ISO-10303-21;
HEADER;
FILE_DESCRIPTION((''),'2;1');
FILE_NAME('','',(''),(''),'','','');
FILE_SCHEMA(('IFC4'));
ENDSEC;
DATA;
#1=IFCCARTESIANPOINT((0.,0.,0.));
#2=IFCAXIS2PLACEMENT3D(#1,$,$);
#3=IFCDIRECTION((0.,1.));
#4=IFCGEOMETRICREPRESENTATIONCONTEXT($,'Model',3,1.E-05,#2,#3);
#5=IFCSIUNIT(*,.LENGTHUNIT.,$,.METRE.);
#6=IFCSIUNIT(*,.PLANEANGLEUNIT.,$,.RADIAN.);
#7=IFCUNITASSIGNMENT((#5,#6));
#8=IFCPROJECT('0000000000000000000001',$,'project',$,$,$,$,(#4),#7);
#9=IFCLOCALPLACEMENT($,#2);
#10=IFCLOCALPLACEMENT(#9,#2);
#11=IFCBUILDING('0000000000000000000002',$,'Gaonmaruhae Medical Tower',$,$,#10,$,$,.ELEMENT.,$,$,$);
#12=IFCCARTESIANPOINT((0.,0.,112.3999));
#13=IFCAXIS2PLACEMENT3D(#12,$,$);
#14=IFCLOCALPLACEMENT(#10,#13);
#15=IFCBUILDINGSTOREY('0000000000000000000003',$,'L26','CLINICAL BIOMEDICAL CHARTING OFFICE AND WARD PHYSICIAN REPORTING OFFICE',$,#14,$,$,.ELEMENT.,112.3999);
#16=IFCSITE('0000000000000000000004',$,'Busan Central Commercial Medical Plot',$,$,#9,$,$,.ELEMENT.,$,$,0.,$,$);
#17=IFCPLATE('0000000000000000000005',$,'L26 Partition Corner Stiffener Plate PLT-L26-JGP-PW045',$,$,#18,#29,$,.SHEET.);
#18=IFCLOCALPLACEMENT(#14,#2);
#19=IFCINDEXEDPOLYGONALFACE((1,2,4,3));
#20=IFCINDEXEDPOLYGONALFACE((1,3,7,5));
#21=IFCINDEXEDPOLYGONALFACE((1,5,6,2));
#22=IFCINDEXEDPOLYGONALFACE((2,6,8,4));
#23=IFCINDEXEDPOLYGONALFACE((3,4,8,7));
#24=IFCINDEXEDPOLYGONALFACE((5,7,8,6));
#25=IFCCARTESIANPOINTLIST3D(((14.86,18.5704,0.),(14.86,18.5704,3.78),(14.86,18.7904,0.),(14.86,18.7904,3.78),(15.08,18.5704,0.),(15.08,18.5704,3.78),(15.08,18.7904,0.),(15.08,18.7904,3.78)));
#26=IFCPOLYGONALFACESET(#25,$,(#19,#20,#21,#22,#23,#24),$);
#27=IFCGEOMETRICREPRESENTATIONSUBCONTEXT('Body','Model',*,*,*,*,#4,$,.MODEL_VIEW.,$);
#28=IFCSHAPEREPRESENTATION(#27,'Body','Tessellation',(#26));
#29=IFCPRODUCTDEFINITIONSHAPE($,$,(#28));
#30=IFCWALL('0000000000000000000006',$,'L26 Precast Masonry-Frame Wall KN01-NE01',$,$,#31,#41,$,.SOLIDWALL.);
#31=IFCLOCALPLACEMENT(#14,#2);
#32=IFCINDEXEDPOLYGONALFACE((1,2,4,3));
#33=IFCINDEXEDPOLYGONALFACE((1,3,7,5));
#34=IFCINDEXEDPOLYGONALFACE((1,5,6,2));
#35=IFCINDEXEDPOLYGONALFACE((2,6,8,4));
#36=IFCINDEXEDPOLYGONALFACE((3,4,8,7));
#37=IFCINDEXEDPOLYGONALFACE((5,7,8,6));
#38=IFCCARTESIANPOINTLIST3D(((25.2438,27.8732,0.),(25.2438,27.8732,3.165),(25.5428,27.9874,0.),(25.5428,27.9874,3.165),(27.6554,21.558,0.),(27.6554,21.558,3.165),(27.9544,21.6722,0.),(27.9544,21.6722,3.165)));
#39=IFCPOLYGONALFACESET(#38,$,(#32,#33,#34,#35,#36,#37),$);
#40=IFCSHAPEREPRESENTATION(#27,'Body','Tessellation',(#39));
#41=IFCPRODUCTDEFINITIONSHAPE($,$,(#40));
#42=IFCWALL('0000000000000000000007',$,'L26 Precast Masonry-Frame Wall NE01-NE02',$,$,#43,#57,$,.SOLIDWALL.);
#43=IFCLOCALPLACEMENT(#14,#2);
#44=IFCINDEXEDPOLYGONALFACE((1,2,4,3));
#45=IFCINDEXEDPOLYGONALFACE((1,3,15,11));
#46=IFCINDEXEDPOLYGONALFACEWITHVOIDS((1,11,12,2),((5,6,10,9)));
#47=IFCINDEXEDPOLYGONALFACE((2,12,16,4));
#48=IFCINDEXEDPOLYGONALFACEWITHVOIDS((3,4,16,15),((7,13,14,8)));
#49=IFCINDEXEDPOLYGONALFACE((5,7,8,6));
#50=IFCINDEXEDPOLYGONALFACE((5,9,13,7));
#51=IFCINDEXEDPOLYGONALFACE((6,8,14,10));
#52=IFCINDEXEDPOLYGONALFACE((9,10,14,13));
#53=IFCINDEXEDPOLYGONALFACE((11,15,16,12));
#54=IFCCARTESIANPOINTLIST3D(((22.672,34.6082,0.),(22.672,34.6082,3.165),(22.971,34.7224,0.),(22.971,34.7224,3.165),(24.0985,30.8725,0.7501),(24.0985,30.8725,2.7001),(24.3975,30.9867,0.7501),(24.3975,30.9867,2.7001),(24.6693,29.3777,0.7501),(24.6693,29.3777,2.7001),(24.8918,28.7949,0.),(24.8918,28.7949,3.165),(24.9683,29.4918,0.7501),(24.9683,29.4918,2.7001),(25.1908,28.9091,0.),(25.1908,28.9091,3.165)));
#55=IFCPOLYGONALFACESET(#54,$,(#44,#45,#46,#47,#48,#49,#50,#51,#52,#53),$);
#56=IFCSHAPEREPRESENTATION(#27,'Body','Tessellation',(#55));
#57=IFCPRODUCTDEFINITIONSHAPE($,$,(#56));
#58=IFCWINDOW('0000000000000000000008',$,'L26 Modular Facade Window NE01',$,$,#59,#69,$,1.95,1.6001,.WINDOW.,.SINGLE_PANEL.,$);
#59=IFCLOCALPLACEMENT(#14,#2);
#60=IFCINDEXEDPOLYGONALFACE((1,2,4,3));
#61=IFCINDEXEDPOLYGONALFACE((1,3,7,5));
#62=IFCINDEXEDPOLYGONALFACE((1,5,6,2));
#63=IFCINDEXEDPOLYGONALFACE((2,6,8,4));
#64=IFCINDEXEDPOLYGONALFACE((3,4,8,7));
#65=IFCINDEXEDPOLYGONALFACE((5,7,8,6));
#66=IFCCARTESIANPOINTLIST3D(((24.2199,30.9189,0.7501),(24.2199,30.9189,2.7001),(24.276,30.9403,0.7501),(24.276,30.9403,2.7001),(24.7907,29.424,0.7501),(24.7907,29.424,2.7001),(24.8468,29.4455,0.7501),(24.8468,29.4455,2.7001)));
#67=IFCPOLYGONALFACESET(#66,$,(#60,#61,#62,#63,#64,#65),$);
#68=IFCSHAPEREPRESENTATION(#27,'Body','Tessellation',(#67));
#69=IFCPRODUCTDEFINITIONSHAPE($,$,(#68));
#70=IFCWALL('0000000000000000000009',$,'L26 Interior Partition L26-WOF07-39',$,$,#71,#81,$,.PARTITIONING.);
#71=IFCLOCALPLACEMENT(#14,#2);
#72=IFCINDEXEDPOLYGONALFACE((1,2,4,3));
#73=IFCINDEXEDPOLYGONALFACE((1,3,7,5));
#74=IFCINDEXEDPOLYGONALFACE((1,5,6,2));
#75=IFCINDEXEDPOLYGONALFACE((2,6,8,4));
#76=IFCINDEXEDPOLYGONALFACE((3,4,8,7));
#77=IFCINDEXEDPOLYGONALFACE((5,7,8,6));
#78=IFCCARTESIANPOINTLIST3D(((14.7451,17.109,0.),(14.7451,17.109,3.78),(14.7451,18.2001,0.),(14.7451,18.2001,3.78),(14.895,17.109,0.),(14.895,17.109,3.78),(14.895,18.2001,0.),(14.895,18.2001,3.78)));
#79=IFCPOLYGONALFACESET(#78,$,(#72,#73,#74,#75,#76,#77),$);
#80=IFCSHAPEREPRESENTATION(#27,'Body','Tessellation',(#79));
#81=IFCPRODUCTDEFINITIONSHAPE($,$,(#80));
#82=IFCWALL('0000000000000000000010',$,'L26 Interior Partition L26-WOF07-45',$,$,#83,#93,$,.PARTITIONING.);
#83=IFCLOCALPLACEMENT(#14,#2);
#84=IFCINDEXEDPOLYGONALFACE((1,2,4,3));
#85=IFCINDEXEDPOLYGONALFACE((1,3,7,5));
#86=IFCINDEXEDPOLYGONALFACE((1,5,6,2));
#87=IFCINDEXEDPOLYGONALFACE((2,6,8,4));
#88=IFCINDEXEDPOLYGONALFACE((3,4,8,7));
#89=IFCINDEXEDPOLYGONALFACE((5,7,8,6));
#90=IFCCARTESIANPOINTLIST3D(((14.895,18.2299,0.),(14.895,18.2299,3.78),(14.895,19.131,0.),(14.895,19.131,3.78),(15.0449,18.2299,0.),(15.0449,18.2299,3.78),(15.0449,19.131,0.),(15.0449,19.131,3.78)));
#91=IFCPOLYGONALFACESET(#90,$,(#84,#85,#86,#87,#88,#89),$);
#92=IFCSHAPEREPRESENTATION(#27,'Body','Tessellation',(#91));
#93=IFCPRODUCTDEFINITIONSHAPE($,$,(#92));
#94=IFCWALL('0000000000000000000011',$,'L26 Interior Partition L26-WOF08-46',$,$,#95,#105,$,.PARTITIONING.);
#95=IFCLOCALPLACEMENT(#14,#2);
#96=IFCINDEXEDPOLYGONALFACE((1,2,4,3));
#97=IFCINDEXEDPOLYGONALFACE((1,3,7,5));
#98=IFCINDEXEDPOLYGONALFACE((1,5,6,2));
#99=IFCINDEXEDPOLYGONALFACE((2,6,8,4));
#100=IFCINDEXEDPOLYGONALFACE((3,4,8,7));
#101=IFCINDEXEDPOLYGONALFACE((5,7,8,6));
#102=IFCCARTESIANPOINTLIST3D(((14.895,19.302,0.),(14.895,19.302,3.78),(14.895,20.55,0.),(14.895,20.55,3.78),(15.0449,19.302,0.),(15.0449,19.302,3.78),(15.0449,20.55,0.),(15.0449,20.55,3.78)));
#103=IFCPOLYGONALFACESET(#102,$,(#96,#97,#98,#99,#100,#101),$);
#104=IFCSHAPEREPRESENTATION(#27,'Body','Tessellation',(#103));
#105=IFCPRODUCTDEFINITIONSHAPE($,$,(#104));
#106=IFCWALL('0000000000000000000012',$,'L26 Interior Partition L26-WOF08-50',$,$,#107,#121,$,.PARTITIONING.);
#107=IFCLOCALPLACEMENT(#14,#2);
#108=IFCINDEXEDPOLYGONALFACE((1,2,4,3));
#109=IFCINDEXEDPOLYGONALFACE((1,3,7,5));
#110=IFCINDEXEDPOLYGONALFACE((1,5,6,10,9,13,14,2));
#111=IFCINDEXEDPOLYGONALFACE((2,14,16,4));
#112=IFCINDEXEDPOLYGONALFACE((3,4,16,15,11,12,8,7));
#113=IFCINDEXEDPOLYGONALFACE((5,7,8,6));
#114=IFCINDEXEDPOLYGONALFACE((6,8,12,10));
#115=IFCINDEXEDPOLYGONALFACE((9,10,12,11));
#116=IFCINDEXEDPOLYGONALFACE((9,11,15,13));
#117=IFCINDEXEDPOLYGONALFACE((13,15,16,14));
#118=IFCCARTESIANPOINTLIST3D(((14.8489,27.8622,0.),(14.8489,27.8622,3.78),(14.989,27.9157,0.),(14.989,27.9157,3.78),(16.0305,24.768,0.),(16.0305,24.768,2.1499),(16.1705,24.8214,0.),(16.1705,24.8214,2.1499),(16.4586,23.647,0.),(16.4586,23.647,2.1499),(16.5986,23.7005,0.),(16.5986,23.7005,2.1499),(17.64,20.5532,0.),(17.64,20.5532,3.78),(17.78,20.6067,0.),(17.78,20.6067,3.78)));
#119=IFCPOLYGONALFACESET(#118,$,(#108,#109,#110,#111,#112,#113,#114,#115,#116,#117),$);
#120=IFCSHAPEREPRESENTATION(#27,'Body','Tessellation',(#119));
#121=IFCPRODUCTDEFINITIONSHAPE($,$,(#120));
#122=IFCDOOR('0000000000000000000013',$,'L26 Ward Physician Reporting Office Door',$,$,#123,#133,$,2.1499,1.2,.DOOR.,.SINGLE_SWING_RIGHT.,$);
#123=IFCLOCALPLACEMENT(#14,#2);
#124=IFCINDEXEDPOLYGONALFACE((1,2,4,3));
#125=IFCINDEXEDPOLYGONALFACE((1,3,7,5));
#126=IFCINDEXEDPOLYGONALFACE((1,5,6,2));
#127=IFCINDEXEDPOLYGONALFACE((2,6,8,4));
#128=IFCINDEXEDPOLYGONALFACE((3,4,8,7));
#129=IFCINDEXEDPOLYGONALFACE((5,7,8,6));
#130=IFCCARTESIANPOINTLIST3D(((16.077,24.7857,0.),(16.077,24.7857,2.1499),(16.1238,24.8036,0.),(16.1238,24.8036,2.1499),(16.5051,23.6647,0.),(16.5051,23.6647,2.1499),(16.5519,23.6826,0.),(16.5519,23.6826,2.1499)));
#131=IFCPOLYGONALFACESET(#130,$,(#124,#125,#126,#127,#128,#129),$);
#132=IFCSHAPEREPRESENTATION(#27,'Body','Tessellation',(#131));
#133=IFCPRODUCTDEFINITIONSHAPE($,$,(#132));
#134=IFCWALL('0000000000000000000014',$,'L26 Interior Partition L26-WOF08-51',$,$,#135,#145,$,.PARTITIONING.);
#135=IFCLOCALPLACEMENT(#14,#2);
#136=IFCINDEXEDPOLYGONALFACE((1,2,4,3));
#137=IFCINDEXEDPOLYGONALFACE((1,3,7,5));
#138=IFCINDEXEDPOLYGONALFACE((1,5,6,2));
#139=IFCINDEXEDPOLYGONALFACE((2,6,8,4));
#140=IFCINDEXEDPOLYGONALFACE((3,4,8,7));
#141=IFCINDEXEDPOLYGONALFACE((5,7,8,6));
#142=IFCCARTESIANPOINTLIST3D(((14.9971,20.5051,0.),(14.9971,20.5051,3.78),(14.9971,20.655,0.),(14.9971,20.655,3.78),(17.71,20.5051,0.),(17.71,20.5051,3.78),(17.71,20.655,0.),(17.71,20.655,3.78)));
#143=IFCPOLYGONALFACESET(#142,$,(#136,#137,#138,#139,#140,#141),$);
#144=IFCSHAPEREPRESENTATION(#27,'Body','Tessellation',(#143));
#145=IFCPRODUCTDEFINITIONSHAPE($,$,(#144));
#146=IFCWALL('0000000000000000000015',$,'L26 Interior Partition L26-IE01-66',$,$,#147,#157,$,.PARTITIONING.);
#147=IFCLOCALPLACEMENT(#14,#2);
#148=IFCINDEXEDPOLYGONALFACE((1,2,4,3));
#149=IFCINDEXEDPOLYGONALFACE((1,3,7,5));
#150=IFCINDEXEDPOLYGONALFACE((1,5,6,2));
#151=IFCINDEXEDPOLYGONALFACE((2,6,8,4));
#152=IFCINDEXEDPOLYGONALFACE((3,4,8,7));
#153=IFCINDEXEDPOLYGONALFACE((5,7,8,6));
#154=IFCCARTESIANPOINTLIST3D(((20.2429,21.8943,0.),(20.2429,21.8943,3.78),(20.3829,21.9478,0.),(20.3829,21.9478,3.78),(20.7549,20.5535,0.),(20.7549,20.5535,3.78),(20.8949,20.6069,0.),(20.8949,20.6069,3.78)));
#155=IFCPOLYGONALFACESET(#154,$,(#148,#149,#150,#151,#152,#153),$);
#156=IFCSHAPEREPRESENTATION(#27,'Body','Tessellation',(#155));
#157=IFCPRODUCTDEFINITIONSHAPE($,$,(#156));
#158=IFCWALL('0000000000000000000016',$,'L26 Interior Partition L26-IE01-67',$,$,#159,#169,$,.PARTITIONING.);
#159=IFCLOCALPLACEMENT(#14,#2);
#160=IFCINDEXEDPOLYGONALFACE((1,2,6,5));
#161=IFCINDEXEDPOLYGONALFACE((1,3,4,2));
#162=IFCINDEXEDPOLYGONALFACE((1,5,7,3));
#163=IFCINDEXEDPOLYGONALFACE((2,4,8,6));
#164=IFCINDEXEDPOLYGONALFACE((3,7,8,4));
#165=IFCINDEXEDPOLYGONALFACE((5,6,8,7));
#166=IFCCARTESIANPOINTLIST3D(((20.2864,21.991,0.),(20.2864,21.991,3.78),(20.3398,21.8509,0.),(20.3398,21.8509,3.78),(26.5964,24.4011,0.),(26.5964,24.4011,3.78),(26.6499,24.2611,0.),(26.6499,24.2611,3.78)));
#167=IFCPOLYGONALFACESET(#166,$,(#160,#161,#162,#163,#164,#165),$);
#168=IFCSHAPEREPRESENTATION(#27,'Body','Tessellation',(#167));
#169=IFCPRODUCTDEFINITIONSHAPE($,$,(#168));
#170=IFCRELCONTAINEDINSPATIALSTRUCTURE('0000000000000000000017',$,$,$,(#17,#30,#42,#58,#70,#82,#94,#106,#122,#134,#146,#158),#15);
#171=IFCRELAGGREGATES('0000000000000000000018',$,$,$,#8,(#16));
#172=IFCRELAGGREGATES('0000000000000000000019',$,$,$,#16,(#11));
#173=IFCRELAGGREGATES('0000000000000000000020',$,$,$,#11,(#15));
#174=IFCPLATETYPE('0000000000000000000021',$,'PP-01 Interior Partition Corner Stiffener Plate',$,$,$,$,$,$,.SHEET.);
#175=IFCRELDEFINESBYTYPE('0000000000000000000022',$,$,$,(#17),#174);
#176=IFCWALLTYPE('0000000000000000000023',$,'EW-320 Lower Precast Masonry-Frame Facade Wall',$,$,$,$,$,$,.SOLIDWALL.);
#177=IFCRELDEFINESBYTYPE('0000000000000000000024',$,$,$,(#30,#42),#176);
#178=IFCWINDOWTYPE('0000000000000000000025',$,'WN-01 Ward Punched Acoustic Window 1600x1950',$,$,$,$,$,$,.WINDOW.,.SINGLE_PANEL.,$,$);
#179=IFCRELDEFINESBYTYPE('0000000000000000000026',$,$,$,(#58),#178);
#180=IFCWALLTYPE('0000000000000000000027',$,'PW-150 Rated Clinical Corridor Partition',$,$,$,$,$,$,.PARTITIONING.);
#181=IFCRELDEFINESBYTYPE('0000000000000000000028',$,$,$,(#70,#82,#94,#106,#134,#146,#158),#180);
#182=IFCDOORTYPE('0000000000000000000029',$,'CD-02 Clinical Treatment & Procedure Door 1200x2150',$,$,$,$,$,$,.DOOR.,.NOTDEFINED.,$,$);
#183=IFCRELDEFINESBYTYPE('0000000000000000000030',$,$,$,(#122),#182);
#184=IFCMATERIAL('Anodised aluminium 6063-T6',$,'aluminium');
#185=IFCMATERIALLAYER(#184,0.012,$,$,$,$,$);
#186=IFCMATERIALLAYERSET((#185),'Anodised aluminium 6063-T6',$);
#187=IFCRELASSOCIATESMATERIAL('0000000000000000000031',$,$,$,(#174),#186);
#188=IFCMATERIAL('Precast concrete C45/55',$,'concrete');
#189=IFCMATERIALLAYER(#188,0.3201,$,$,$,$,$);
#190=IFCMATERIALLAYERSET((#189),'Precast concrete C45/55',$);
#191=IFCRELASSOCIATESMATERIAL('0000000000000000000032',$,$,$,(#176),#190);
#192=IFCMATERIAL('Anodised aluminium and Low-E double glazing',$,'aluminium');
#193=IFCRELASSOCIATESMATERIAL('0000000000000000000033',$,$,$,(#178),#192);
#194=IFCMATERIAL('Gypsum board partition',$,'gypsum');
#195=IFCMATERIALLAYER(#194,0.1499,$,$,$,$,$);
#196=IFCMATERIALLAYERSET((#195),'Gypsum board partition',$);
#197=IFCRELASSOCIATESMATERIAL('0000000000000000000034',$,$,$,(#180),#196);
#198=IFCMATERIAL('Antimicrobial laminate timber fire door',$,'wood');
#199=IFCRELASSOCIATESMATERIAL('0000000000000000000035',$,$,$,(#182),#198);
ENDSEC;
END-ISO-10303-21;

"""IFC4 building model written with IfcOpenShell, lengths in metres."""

from ifc_helpers import new_model, si_unit, direction, frame, frame_2d, origin, origin_2d, place, context, subcontext, project, spatial, rectangle, extrude, material, layer, layer_set, type_object, element, fill, save


model = new_model("IFC4")

# Units and contexts
model_context = context("Model", 3, precision=1e-05, world=origin(), true_north=direction((0.0, 1.0)))
body_context = subcontext(model_context, "Body", "Model", "MODEL_VIEW")
ifc_project = project(units=[si_unit("LENGTHUNIT", "METRE"), si_unit("PLANEANGLEUNIT", "RADIAN")], contexts=[model_context])

# Site, building, storey
site_placement = place(None, origin())
site = spatial("IfcSite", under=ifc_project, at=site_placement, Name="Busan Central Commercial Medical Plot", CompositionType="ELEMENT", RefElevation=0.0)
building_placement = place(site_placement, origin())
building = spatial("IfcBuilding", under=site, at=building_placement, Name="Gaonmaruhae Medical Tower", CompositionType="ELEMENT")
storey_placement = place(building_placement, frame((0.0, 0.0, 112.3999)))
storey = spatial("IfcBuildingStorey", under=building, at=storey_placement, Name="L26", Description="CLINICAL BIOMEDICAL CHARTING OFFICE AND WARD PHYSICIAN REPORTING OFFICE", CompositionType="ELEMENT", Elevation=112.3999)

# Plate
ifc_material_1 = material(Name="Anodised aluminium 6063-T6", Category="aluminium")
ifc_layer_1 = layer(ifc_material_1, 0.012)
ifc_layer_set_1 = layer_set([ifc_layer_1], Name="Anodised aluminium 6063-T6")
plate_type = type_object("IfcPlateType", Name="PP-01 Interior Partition Corner Stiffener Plate", PredefinedType="SHEET", material=ifc_layer_set_1)
plate_1_placement = place(storey_placement, frame((14.97, 18.6804, 0.0), z_axis=(0.0, 0.0, 1.0), x_axis=(0.0, -1.0, 0.0)))
element("IfcPlate", 1, at=plate_1_placement, inside=storey, type_object=plate_type, Name="L26 Partition Corner Stiffener Plate PLT-L26-JGP-PW045", PredefinedType="SHEET", context=body_context, shape_type="SweptSolid", body=[
    extrude(rectangle(XDim=0.22, YDim=0.22, at=origin_2d()), origin(), (0.0, 0.0, 1.0), 3.78),
])

# Wall
ifc_material_2 = material(Name="Precast concrete C45/55", Category="concrete")
ifc_layer_2 = layer(ifc_material_2, 0.3201)
ifc_layer_set_2 = layer_set([ifc_layer_2], Name="Precast concrete C45/55")
wall_type_1 = type_object("IfcWallType", Name="EW-320 Lower Precast Masonry-Frame Facade Wall", PredefinedType="SOLIDWALL", material=ifc_layer_set_2)
wall_1_placement = place(storey_placement, frame((25.3933, 27.9302, 0.0), z_axis=(0.0, 0.0, 1.0), x_axis=(0.356749, -0.9342, 0.0)))
element("IfcWall", 2, at=wall_1_placement, inside=storey, type_object=wall_type_1, Name="L26 Precast Masonry-Frame Wall KN01-NE01", PredefinedType="SOLIDWALL", context=body_context, shape_type="SweptSolid", body=[
    extrude(rectangle(XDim=6.76, YDim=0.3201, at=frame_2d((3.3799, 0.0))), origin(), (0.0, 0.0, 1.0), 3.165),
])

# Wall, opening, window
wall_2_placement = place(storey_placement, frame((22.8215, 34.6653, 0.0), z_axis=(0.0, 0.0, 1.0), x_axis=(0.35672, -0.934211, 0.0)))
wall_2 = element("IfcWall", 3, at=wall_2_placement, inside=storey, type_object=wall_type_1, Name="L26 Precast Masonry-Frame Wall NE01-NE02", PredefinedType="SOLIDWALL", context=body_context, shape_type="SweptSolid", body=[
    extrude(rectangle(XDim=6.2227, YDim=0.3201, at=frame_2d((3.1113, 0.0))), origin(), (0.0, 0.0, 1.0), 3.165),
])
opening_1_placement = place(wall_2_placement, frame((3.9988, 0.0, 0.75)))
opening_1 = element("IfcOpeningElement", 4, at=opening_1_placement, cuts=wall_2, PredefinedType="OPENING", context=body_context, shape_type="SweptSolid", body=[
    extrude(rectangle(XDim=1.6001, YDim=1.95, at=frame_2d((0.8, 0.9751))), frame((0.0, 0.1699, 0.0), z_axis=(0.0, -1.0, 0.0), x_axis=(1.0, 0.0, 0.0)), (0.0, 0.0, 1.0), 0.3401),
])
ifc_material_3 = material(Name="Anodised aluminium and Low-E double glazing", Category="aluminium")
window_type = type_object("IfcWindowType", Name="WN-01 Ward Punched Acoustic Window 1600x1950", PartitioningType="SINGLE_PANEL", PredefinedType="WINDOW", material=ifc_material_3)
window_placement = place(opening_1_placement, origin())
window = element("IfcWindow", 5, at=window_placement, inside=storey, type_object=window_type, Name="L26 Modular Facade Window NE01", OverallHeight=1.95, OverallWidth=1.6001, PartitioningType="SINGLE_PANEL", PredefinedType="WINDOW", context=body_context, shape_type="SweptSolid", body=[
    extrude(rectangle(XDim=1.6001, YDim=1.95, at=frame_2d((0.8, 0.9751))), frame((0.0, 0.03, 0.0), z_axis=(0.0, -1.0, 0.0), x_axis=(1.0, 0.0, 0.0)), (0.0, 0.0, 1.0), 0.0601),
])
fill(opening_1, window)

# Walls
ifc_material_4 = material(Name="Gypsum board partition", Category="gypsum")
ifc_layer_3 = layer(ifc_material_4, 0.1499)
ifc_layer_set_3 = layer_set([ifc_layer_3], Name="Gypsum board partition")
wall_type_2 = type_object("IfcWallType", Name="PW-150 Rated Clinical Corridor Partition", PredefinedType="PARTITIONING", material=ifc_layer_set_3)
wall_3_placement = place(storey_placement, frame((14.8201, 18.2, 0.0), z_axis=(0.0, 0.0, 1.0), x_axis=(0.0, -1.0, 0.0)))
element("IfcWall", 6, at=wall_3_placement, inside=storey, type_object=wall_type_2, Name="L26 Interior Partition L26-WOF07-39", PredefinedType="PARTITIONING", context=body_context, shape_type="SweptSolid", body=[
    extrude(rectangle(XDim=1.0911, YDim=0.1499, at=frame_2d((0.5454, 0.0))), origin(), (0.0, 0.0, 1.0), 3.78),
])
wall_4_placement = place(storey_placement, frame((14.97, 19.1311, 0.0), z_axis=(0.0, 0.0, 1.0), x_axis=(0.0, -1.0, 0.0)))
element("IfcWall", 7, at=wall_4_placement, inside=storey, type_object=wall_type_2, Name="L26 Interior Partition L26-WOF07-45", PredefinedType="PARTITIONING", context=body_context, shape_type="SweptSolid", body=[
    extrude(rectangle(XDim=0.9011, YDim=0.1499, at=frame_2d((0.4507, 0.0))), origin(), (0.0, 0.0, 1.0), 3.78),
])
wall_5_placement = place(storey_placement, frame((14.97, 20.55, 0.0), z_axis=(0.0, 0.0, 1.0), x_axis=(0.0, -1.0, 0.0)))
element("IfcWall", 8, at=wall_5_placement, inside=storey, type_object=wall_type_2, Name="L26 Interior Partition L26-WOF08-46", PredefinedType="PARTITIONING", context=body_context, shape_type="SweptSolid", body=[
    extrude(rectangle(XDim=1.248, YDim=0.1499, at=frame_2d((0.624, 0.0))), origin(), (0.0, 0.0, 1.0), 3.78),
])

# Wall, opening, door
wall_6_placement = place(storey_placement, frame((14.9189, 27.8889, 0.0), z_axis=(0.0, 0.0, 1.0), x_axis=(0.356743, -0.934203, 0.0)))
wall_6 = element("IfcWall", 9, at=wall_6_placement, inside=storey, type_object=wall_type_2, Name="L26 Interior Partition L26-WOF08-50", PredefinedType="PARTITIONING", context=body_context, shape_type="SweptSolid", body=[
    extrude(rectangle(XDim=7.8237, YDim=0.1499, at=frame_2d((3.9119, 0.0))), origin(), (0.0, 0.0, 1.0), 3.78),
])
opening_2_placement = place(wall_6_placement, frame((3.312, 0.0, 0.0)))
opening_2 = element("IfcOpeningElement", 10, at=opening_2_placement, cuts=wall_6, PredefinedType="OPENING", context=body_context, shape_type="SweptSolid", body=[
    extrude(rectangle(XDim=1.2, YDim=2.1499, at=frame_2d((0.6001, 1.075))), frame((0.0, 0.085, 0.0), z_axis=(0.0, -1.0, 0.0), x_axis=(1.0, 0.0, 0.0)), (0.0, 0.0, 1.0), 0.1699),
])
ifc_material_5 = material(Name="Antimicrobial laminate timber fire door", Category="wood")
door_type_1 = type_object("IfcDoorType", Name="CD-02 Clinical Treatment & Procedure Door 1200x2150", OperationType="NOTDEFINED", PredefinedType="DOOR", material=ifc_material_5)
door_1_placement = place(opening_2_placement, origin())
door_1 = element("IfcDoor", 11, at=door_1_placement, inside=storey, type_object=door_type_1, Name="L26 Ward Physician Reporting Office Door", OperationType="SINGLE_SWING_RIGHT", OverallHeight=2.1499, OverallWidth=1.2, PredefinedType="DOOR", context=body_context, shape_type="SweptSolid", body=[
    extrude(rectangle(XDim=1.2, YDim=2.1499, at=frame_2d((0.6001, 1.075))), frame((0.0, 0.0249, 0.0), z_axis=(0.0, -1.0, 0.0), x_axis=(1.0, 0.0, 0.0)), (0.0, 0.0, 1.0), 0.05),
])
fill(opening_2, door_1)

# Walls
wall_7_placement = place(storey_placement, frame((17.71, 20.5801, 0.0), z_axis=(0.0, 0.0, 1.0), x_axis=(-1.0, 0.0, 0.0)))
element("IfcWall", 12, at=wall_7_placement, inside=storey, type_object=wall_type_2, Name="L26 Interior Partition L26-WOF08-51", PredefinedType="PARTITIONING", context=body_context, shape_type="SweptSolid", body=[
    extrude(rectangle(XDim=2.7129, YDim=0.1499, at=frame_2d((1.3564, 0.0))), origin(), (0.0, 0.0, 1.0), 3.78),
])
wall_8_placement = place(storey_placement, frame((20.825, 20.5801, 0.0), z_axis=(0.0, 0.0, 1.0), x_axis=(-0.35671, 0.934215, 0.0)))
element("IfcWall", 13, at=wall_8_placement, inside=storey, type_object=wall_type_2, Name="L26 Interior Partition L26-IE01-66", PredefinedType="PARTITIONING", context=body_context, shape_type="SweptSolid", body=[
    extrude(rectangle(XDim=1.4353, YDim=0.1499, at=frame_2d((0.7178, 0.0))), origin(), (0.0, 0.0, 1.0), 3.78),
])
wall_9_placement = place(storey_placement, frame((20.313, 21.9209, 0.0), z_axis=(0.0, 0.0, 1.0), x_axis=(0.934176, 0.356813, 0.0)))
element("IfcWall", 14, at=wall_9_placement, inside=storey, type_object=wall_type_2, Name="L26 Interior Partition L26-IE01-67", PredefinedType="PARTITIONING", context=body_context, shape_type="SweptSolid", body=[
    extrude(rectangle(XDim=6.7546, YDim=0.1499, at=frame_2d((3.3774, 0.0))), origin(), (0.0, 0.0, 1.0), 3.78),
])

save(model, "model.ifc")
